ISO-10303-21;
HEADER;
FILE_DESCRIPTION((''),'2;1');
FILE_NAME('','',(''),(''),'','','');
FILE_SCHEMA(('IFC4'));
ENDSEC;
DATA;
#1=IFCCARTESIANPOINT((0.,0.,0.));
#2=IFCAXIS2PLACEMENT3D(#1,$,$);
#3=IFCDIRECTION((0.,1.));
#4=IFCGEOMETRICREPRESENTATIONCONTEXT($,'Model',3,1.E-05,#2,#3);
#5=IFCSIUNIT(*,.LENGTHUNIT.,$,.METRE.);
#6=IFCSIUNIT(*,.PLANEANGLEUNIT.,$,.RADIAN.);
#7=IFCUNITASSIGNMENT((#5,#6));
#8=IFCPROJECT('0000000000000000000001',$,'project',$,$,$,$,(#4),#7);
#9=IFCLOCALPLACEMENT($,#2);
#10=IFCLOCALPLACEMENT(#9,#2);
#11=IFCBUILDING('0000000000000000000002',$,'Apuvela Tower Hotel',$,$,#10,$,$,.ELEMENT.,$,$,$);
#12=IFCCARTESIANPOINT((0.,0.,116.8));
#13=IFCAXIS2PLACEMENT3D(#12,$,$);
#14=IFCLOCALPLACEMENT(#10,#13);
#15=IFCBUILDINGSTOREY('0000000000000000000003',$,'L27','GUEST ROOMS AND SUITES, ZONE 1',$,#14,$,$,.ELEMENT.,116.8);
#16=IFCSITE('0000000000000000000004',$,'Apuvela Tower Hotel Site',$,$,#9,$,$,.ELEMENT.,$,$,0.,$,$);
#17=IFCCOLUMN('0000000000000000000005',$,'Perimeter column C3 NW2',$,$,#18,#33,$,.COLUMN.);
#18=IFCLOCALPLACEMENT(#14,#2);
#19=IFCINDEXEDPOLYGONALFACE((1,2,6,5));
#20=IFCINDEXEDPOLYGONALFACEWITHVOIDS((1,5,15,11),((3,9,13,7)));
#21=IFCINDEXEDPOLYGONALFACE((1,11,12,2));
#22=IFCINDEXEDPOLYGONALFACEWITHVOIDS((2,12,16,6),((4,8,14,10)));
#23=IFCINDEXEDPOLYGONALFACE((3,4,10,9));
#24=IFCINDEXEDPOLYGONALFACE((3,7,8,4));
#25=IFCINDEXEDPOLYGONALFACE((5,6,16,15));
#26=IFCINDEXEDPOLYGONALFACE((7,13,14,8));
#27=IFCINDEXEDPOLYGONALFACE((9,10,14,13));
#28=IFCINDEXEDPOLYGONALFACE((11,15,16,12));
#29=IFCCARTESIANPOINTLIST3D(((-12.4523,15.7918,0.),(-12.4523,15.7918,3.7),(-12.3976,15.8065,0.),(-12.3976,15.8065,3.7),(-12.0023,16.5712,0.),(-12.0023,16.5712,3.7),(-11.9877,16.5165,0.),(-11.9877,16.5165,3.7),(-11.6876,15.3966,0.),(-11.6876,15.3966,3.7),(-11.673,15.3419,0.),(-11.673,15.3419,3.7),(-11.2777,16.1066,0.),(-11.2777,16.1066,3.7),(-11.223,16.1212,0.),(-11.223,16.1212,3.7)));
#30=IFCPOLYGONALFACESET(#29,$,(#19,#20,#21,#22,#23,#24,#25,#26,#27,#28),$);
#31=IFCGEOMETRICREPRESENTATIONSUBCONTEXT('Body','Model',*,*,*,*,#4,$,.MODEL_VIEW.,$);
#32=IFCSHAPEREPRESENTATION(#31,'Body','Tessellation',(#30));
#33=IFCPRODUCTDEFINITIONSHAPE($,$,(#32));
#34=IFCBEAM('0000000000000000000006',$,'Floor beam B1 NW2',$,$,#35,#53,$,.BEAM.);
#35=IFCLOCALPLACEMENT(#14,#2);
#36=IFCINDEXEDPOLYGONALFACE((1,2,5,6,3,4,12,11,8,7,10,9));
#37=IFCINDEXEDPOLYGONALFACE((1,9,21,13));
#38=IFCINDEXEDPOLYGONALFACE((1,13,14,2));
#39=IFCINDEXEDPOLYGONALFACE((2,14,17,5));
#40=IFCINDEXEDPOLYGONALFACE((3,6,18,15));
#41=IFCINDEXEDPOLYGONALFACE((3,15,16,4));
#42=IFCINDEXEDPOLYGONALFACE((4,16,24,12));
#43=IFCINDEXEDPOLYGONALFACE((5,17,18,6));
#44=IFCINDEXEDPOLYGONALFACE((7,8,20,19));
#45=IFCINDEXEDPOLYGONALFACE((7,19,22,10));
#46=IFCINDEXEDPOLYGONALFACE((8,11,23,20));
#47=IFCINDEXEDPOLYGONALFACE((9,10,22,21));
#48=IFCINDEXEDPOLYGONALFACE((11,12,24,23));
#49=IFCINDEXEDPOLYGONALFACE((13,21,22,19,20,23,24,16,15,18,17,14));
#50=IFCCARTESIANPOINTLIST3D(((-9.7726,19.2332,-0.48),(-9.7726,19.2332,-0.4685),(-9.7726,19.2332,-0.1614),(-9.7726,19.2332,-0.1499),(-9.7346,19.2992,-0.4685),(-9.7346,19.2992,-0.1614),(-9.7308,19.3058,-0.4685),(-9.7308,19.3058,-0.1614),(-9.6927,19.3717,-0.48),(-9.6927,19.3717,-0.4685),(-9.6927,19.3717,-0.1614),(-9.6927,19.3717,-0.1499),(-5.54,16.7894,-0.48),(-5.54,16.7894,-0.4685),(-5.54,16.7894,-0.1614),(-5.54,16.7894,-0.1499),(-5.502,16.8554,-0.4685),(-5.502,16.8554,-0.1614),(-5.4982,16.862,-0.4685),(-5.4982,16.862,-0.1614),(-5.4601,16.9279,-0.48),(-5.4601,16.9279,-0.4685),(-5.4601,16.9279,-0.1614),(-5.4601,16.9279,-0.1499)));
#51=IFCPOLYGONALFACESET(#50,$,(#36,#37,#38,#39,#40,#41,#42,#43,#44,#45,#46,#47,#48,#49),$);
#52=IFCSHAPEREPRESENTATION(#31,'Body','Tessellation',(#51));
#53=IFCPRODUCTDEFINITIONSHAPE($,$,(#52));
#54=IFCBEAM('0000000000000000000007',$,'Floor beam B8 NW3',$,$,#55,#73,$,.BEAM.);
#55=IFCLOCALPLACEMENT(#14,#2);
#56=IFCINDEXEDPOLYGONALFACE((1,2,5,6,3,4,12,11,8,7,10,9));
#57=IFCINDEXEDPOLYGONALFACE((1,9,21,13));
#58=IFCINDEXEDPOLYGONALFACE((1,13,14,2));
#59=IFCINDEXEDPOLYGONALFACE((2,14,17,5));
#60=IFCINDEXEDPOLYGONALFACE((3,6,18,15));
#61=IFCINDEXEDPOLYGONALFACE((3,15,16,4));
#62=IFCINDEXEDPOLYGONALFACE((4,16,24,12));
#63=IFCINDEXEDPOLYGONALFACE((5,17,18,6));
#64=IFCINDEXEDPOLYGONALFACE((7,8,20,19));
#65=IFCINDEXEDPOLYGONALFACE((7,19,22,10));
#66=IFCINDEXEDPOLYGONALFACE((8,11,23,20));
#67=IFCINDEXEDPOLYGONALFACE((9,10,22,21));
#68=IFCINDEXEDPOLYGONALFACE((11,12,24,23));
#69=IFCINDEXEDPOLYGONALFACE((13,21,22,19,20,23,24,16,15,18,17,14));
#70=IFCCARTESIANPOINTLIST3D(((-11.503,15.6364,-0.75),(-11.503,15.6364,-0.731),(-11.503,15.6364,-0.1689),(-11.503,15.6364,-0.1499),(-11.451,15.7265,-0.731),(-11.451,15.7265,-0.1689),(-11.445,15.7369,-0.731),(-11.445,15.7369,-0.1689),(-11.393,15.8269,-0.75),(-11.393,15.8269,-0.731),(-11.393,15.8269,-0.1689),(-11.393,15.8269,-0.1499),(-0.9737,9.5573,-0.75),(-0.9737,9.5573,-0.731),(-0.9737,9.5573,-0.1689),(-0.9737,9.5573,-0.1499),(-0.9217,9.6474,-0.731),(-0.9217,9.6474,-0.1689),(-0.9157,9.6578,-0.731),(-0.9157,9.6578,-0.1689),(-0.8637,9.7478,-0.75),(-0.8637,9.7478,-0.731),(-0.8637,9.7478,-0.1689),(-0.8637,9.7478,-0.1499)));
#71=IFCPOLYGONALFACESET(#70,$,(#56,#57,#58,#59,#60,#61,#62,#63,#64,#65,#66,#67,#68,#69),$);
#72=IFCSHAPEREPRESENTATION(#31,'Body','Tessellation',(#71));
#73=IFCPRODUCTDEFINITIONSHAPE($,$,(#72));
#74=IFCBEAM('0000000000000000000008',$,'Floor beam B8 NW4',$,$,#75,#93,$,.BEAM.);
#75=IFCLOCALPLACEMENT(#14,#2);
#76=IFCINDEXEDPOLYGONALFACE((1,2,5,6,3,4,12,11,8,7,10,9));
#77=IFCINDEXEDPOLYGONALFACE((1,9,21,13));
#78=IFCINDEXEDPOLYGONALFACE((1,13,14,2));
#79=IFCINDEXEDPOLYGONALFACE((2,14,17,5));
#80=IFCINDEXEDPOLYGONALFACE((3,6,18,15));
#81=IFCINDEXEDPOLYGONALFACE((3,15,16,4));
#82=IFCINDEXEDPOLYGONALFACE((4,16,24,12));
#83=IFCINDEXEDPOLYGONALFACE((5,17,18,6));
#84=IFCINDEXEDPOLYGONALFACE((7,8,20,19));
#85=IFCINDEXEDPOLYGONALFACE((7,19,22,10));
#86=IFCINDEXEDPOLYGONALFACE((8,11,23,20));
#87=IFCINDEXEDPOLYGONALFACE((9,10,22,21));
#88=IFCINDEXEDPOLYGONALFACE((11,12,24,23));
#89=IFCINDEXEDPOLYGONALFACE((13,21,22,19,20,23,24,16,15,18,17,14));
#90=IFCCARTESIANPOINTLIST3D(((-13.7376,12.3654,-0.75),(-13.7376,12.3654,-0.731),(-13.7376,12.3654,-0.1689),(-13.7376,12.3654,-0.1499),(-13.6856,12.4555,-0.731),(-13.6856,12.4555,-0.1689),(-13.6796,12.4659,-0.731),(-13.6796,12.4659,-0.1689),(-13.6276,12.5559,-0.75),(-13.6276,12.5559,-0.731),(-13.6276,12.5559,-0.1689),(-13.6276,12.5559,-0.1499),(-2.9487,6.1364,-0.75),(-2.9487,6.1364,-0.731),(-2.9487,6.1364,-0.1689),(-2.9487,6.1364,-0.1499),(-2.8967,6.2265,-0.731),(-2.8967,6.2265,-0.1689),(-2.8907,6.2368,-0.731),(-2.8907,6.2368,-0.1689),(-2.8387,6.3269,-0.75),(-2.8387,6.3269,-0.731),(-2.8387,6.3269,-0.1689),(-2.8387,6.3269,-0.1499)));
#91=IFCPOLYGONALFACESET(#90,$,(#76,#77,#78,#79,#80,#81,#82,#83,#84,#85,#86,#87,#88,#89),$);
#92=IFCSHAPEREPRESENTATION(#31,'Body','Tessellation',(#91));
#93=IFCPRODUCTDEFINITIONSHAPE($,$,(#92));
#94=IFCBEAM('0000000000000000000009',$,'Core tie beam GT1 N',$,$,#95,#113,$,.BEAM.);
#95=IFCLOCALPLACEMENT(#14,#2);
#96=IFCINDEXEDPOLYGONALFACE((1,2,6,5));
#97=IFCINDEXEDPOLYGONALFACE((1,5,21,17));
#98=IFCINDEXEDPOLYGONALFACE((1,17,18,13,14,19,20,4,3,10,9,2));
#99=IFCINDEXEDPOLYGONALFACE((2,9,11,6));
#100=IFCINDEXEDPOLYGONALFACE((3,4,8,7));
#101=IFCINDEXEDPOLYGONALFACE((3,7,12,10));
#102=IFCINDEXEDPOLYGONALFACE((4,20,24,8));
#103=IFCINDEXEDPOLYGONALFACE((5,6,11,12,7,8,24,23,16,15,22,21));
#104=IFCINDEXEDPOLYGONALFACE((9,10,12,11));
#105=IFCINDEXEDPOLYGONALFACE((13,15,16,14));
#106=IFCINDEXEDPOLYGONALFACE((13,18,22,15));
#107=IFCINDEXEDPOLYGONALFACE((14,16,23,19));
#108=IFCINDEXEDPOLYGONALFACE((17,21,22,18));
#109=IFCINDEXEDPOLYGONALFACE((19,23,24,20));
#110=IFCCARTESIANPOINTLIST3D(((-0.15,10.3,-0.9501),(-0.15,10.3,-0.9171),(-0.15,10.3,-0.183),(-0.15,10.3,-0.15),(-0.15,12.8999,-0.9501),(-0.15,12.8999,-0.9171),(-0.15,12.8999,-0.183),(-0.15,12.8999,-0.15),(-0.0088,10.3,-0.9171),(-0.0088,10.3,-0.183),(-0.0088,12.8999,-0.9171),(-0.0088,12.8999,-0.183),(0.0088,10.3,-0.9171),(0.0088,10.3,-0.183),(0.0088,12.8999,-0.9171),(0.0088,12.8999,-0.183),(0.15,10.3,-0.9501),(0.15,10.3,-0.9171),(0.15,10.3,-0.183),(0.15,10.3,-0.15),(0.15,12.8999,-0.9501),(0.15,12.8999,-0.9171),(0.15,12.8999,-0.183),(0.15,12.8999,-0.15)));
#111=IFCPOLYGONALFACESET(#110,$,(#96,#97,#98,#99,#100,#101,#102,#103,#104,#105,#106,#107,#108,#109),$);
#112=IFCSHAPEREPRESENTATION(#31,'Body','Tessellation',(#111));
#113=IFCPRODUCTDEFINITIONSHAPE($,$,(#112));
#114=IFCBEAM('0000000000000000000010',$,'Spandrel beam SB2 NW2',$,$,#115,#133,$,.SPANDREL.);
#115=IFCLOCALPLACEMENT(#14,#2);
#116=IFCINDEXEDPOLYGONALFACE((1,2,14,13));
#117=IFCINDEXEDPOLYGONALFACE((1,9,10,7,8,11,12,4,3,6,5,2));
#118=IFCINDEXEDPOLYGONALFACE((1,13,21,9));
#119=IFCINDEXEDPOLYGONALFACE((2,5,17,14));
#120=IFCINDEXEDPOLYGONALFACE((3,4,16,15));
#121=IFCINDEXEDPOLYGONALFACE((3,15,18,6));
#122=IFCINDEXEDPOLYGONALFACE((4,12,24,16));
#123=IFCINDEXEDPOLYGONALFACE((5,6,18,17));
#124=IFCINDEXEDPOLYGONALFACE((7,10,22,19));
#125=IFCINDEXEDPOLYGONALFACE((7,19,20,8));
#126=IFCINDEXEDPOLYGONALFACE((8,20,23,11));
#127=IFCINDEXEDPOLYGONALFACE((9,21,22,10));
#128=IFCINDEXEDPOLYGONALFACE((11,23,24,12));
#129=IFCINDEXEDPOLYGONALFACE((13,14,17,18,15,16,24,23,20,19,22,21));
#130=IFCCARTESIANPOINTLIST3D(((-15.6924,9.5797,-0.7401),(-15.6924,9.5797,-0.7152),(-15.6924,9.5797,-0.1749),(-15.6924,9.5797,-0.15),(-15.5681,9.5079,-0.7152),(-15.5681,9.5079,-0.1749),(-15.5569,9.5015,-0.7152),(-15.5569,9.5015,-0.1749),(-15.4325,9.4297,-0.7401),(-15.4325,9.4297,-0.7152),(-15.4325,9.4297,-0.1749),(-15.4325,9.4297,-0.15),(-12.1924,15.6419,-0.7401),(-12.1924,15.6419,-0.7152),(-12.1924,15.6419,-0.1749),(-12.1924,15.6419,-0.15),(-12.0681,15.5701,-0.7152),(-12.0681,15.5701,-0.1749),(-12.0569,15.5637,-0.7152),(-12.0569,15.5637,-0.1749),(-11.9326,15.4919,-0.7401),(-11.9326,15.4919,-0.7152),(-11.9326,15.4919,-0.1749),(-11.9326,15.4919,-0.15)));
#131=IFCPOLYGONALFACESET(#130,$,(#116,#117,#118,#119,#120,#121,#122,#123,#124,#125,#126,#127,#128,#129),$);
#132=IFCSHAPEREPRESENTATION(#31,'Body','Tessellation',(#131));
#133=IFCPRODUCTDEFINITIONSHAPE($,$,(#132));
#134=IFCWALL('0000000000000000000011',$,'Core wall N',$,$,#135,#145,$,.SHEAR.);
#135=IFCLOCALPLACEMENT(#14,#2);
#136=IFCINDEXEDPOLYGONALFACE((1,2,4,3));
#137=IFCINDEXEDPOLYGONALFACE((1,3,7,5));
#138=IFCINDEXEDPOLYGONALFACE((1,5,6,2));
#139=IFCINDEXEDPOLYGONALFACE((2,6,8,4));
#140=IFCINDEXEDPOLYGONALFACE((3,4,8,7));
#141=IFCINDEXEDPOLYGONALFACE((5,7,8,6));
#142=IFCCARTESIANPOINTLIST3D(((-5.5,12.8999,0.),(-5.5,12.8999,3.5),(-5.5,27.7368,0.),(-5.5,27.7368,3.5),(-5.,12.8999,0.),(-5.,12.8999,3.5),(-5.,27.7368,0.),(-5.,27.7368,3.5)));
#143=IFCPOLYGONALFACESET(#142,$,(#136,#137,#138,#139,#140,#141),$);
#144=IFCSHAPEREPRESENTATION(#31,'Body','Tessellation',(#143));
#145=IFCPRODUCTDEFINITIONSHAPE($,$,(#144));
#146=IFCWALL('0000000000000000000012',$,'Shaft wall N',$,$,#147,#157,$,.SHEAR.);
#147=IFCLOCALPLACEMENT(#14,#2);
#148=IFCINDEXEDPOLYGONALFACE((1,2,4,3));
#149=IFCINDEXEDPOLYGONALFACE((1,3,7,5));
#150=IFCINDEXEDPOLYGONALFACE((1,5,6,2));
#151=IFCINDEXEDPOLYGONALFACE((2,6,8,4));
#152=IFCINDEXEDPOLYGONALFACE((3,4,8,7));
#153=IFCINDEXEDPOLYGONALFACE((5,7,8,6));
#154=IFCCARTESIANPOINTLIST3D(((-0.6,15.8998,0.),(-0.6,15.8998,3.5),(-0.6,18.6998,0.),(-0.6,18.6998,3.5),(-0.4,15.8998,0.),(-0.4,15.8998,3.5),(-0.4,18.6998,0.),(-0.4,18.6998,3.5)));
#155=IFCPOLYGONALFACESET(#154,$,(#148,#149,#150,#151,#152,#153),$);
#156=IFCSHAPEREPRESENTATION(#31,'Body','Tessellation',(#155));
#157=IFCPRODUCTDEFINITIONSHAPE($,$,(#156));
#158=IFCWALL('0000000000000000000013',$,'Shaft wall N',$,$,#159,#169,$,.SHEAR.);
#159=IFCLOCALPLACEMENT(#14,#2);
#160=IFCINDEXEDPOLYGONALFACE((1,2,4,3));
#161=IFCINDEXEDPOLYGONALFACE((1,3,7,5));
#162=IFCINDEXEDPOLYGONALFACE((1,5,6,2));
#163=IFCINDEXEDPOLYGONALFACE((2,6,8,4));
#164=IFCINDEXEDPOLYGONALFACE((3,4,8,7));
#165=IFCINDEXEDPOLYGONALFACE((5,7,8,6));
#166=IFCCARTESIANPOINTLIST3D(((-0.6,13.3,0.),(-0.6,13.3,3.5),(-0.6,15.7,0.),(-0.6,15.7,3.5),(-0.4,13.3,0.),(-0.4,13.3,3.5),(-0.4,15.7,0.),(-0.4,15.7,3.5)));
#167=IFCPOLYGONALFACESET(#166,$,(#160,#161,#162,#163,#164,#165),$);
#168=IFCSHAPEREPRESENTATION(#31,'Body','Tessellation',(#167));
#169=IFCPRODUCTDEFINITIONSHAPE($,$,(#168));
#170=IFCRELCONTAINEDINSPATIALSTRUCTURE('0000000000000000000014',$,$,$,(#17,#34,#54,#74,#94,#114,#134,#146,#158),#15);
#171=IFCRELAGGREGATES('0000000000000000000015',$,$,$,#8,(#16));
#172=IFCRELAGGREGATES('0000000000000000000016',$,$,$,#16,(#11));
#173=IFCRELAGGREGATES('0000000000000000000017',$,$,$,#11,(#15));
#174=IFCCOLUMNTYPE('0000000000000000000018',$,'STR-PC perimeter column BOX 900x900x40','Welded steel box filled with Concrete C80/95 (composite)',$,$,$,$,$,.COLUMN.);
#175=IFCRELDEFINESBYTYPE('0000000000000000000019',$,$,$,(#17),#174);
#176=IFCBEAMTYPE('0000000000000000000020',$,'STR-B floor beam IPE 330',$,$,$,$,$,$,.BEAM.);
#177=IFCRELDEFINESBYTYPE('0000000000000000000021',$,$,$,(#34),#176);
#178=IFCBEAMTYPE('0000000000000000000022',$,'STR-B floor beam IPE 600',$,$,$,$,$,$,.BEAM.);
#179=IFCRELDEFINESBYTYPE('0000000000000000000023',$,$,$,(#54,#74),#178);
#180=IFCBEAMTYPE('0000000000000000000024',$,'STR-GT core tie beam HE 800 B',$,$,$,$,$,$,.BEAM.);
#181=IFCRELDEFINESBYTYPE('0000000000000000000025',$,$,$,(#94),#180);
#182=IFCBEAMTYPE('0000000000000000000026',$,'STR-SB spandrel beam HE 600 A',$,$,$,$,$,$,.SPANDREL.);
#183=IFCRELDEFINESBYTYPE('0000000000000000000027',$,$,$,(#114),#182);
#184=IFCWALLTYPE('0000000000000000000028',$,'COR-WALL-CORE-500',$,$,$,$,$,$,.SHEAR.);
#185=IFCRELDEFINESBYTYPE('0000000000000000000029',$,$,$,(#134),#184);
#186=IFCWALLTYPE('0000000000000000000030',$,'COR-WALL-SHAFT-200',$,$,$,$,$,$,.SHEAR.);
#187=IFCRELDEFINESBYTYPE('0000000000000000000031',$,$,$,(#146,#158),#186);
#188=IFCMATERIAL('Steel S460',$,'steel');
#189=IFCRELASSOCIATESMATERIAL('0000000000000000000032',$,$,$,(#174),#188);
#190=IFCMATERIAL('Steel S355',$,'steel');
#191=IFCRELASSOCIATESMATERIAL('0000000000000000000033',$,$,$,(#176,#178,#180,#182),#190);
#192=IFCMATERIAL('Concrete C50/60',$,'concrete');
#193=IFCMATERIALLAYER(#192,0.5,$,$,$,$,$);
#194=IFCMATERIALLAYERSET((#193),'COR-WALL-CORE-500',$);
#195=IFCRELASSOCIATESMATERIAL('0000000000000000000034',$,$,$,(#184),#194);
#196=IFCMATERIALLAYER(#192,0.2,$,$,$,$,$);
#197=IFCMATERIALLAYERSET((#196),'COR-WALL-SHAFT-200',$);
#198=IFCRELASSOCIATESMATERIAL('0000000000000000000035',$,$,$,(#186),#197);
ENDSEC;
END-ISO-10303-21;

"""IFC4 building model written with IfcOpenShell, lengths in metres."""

from ifc_helpers import new_model, si_unit, direction, frame, frame_2d, origin, origin_2d, place, context, subcontext, project, spatial, rectangle, hollow_rectangle, i_section, extrude, material, layer, layer_set, material_profile, profile_set, type_object, element, save


model = new_model("IFC4")

# Units and contexts
model_context = context("Model", 3, precision=1e-05, world=origin(), true_north=direction((0.0, 1.0)))
body_context = subcontext(model_context, "Body", "Model", "MODEL_VIEW")
ifc_project = project(units=[si_unit("LENGTHUNIT", "METRE"), si_unit("PLANEANGLEUNIT", "RADIAN")], contexts=[model_context])

# Site, building, storey
site_placement = place(None, origin())
site = spatial("IfcSite", under=ifc_project, at=site_placement, Name="Apuvela Tower Hotel Site", CompositionType="ELEMENT", RefElevation=0.0)
building_placement = place(site_placement, origin())
building = spatial("IfcBuilding", under=site, at=building_placement, Name="Apuvela Tower Hotel", CompositionType="ELEMENT")
storey_placement = place(building_placement, frame((0.0, 0.0, 116.8)))
storey = spatial("IfcBuildingStorey", under=building, at=storey_placement, Name="L27", Description="GUEST ROOMS AND SUITES, ZONE 1", CompositionType="ELEMENT", Elevation=116.8)

# Column
ifc_material_1 = material(Name="Steel S460", Category="steel")
ifc_material_profile_1 = material_profile(ifc_material_1, hollow_rectangle(XDim=0.8999, YDim=0.8999, WallThickness=0.04, at=origin_2d()), Name="BOX 900x900x40")
ifc_material_2 = material(Name="Concrete C80/95", Category="concrete")
ifc_material_profile_2 = material_profile(ifc_material_2, rectangle(XDim=0.8201, YDim=0.8201, at=origin_2d()), Name="Concrete C80/95 infill")
ifc_profile_set_1 = profile_set([ifc_material_profile_1, ifc_material_profile_2], Name="Steel S460")
column_type = type_object("IfcColumnType", Name="STR-PC perimeter column BOX 900x900x40", Description="Welded steel box filled with Concrete C80/95 (composite)", PredefinedType="COLUMN", material=ifc_profile_set_1)
column_placement = place(storey_placement, frame((-11.8376, 15.9565, 0.0), z_axis=(0.0, 0.0, 1.0), x_axis=(0.5, 0.866025, 0.0)))
element("IfcColumn", 1, at=column_placement, inside=storey, type_object=column_type, Name="Perimeter column C3 NW2", PredefinedType="COLUMN", context=body_context, shape_type="SweptSolid", body=[
    extrude(hollow_rectangle(XDim=0.8999, YDim=0.8999, WallThickness=0.04, at=origin_2d()), origin(), (0.0, 0.0, 1.0), 3.7),
])

# Beams
ifc_material_3 = material(Name="Steel S355", Category="steel")
ifc_material_profile_3 = material_profile(ifc_material_3, i_section(OverallWidth=0.1599, OverallDepth=0.3301, WebThickness=0.0076, FlangeThickness=0.0115, at=origin_2d()), Name="IPE 330")
ifc_profile_set_2 = profile_set([ifc_material_profile_3], Name="Steel S355")
beam_type_1 = type_object("IfcBeamType", Name="STR-B floor beam IPE 330", PredefinedType="BEAM", material=ifc_profile_set_2)
beam_1_placement = place(storey_placement, frame((-9.7327, 19.3025, -0.3149), z_axis=(0.866015, -0.500018, 0.0), x_axis=(0.500018, 0.866015, 0.0)))
element("IfcBeam", 2, at=beam_1_placement, inside=storey, type_object=beam_type_1, Name="Floor beam B1 NW2", PredefinedType="BEAM", context=body_context, shape_type="SweptSolid", body=[
    extrude(i_section(OverallWidth=0.1599, OverallDepth=0.3301, WebThickness=0.0076, FlangeThickness=0.0115, at=origin_2d()), origin(), (0.0, 0.0, 1.0), 4.8875),
])
ifc_material_profile_4 = material_profile(ifc_material_3, i_section(OverallWidth=0.22, OverallDepth=0.6001, WebThickness=0.012, FlangeThickness=0.019, at=origin_2d()), Name="IPE 600")
ifc_profile_set_3 = profile_set([ifc_material_profile_4], Name="Steel S355")
beam_type_2 = type_object("IfcBeamType", Name="STR-B floor beam IPE 600", PredefinedType="BEAM", material=ifc_profile_set_3)
beam_2_placement = place(storey_placement, frame((-11.448, 15.7317, -0.45), z_axis=(0.866025, -0.500001, 0.0), x_axis=(0.500001, 0.866025, 0.0)))
element("IfcBeam", 3, at=beam_2_placement, inside=storey, type_object=beam_type_2, Name="Floor beam B8 NW3", PredefinedType="BEAM", context=body_context, shape_type="SweptSolid", body=[
    extrude(i_section(OverallWidth=0.22, OverallDepth=0.6001, WebThickness=0.012, FlangeThickness=0.019, at=origin_2d()), origin(), (0.0, 0.0, 1.0), 12.1582),
])
beam_3_placement = place(storey_placement, frame((-13.6826, 12.4607, -0.45), z_axis=(0.866023, -0.500005, 0.0), x_axis=(0.500005, 0.866023, 0.0)))
element("IfcBeam", 4, at=beam_3_placement, inside=storey, type_object=beam_type_2, Name="Floor beam B8 NW4", PredefinedType="BEAM", context=body_context, shape_type="SweptSolid", body=[
    extrude(i_section(OverallWidth=0.22, OverallDepth=0.6001, WebThickness=0.012, FlangeThickness=0.019, at=origin_2d()), origin(), (0.0, 0.0, 1.0), 12.458),
])
ifc_material_profile_5 = material_profile(ifc_material_3, i_section(OverallWidth=0.3, OverallDepth=0.8, WebThickness=0.0176, FlangeThickness=0.033, at=origin_2d()), Name="HE 800 B")
ifc_profile_set_4 = profile_set([ifc_material_profile_5], Name="Steel S355")
beam_type_3 = type_object("IfcBeamType", Name="STR-GT core tie beam HE 800 B", PredefinedType="BEAM", material=ifc_profile_set_4)
beam_4_placement = place(storey_placement, frame((0.0, 12.8999, -0.55), z_axis=(0.0, -1.0, 0.0), x_axis=(1.0, 0.0, 0.0)))
element("IfcBeam", 5, at=beam_4_placement, inside=storey, type_object=beam_type_3, Name="Core tie beam GT1 N", PredefinedType="BEAM", context=body_context, shape_type="SweptSolid", body=[
    extrude(i_section(OverallWidth=0.3, OverallDepth=0.8, WebThickness=0.0176, FlangeThickness=0.033, at=origin_2d()), origin(), (0.0, 0.0, 1.0), 2.5999),
])
ifc_material_profile_6 = material_profile(ifc_material_3, i_section(OverallWidth=0.3, OverallDepth=0.5901, WebThickness=0.0129, FlangeThickness=0.0249, at=origin_2d()), Name="HE 600 A")
ifc_profile_set_5 = profile_set([ifc_material_profile_6], Name="Steel S355")
beam_type_4 = type_object("IfcBeamType", Name="STR-SB spandrel beam HE 600 A", PredefinedType="SPANDREL", material=ifc_profile_set_5)
beam_5_placement = place(storey_placement, frame((-12.0625, 15.5669, -0.4451), z_axis=(-0.499995, -0.866028, 0.0), x_axis=(0.866028, -0.499995, 0.0)))
element("IfcBeam", 6, at=beam_5_placement, inside=storey, type_object=beam_type_4, Name="Spandrel beam SB2 NW2", PredefinedType="SPANDREL", context=body_context, shape_type="SweptSolid", body=[
    extrude(i_section(OverallWidth=0.3, OverallDepth=0.5901, WebThickness=0.0129, FlangeThickness=0.0249, at=origin_2d()), origin(), (0.0, 0.0, 1.0), 7.0),
])

# Walls
ifc_material_4 = material(Name="Concrete C50/60", Category="concrete")
ifc_layer_1 = layer(ifc_material_4, 0.5)
ifc_layer_set_1 = layer_set([ifc_layer_1], Name="COR-WALL-CORE-500")
wall_type_1 = type_object("IfcWallType", Name="COR-WALL-CORE-500", PredefinedType="SHEAR", material=ifc_layer_set_1)
wall_1_placement = place(storey_placement, frame((-5.25, 12.8999, 0.0), z_axis=(0.0, 0.0, 1.0), x_axis=(0.0, 1.0, 0.0)))
element("IfcWall", 7, at=wall_1_placement, inside=storey, type_object=wall_type_1, Name="Core wall N", PredefinedType="SHEAR", context=body_context, shape_type="SweptSolid", body=[
    extrude(rectangle(XDim=14.8369, YDim=0.5, at=frame_2d((7.4185, 0.0))), origin(), (0.0, 0.0, 1.0), 3.5),
])
ifc_layer_2 = layer(ifc_material_4, 0.2)
ifc_layer_set_2 = layer_set([ifc_layer_2], Name="COR-WALL-SHAFT-200")
wall_type_2 = type_object("IfcWallType", Name="COR-WALL-SHAFT-200", PredefinedType="SHEAR", material=ifc_layer_set_2)
wall_2_placement = place(storey_placement, frame((-0.5, 15.8999, 0.0), z_axis=(0.0, 0.0, 1.0), x_axis=(0.0, 1.0, 0.0)))
element("IfcWall", 8, at=wall_2_placement, inside=storey, type_object=wall_type_2, Name="Shaft wall N", PredefinedType="SHEAR", context=body_context, shape_type="SweptSolid", body=[
    extrude(rectangle(XDim=2.8, YDim=0.2, at=frame_2d((1.3999, 0.0))), origin(), (0.0, 0.0, 1.0), 3.5),
])
wall_3_placement = place(storey_placement, frame((-0.5, 13.3, 0.0), z_axis=(0.0, 0.0, 1.0), x_axis=(0.0, 1.0, 0.0)))
element("IfcWall", 9, at=wall_3_placement, inside=storey, type_object=wall_type_2, Name="Shaft wall N", PredefinedType="SHEAR", context=body_context, shape_type="SweptSolid", body=[
    extrude(rectangle(XDim=2.3999, YDim=0.2, at=frame_2d((1.2, 0.0))), origin(), (0.0, 0.0, 1.0), 3.5),
])

save(model, "model.ifc")
